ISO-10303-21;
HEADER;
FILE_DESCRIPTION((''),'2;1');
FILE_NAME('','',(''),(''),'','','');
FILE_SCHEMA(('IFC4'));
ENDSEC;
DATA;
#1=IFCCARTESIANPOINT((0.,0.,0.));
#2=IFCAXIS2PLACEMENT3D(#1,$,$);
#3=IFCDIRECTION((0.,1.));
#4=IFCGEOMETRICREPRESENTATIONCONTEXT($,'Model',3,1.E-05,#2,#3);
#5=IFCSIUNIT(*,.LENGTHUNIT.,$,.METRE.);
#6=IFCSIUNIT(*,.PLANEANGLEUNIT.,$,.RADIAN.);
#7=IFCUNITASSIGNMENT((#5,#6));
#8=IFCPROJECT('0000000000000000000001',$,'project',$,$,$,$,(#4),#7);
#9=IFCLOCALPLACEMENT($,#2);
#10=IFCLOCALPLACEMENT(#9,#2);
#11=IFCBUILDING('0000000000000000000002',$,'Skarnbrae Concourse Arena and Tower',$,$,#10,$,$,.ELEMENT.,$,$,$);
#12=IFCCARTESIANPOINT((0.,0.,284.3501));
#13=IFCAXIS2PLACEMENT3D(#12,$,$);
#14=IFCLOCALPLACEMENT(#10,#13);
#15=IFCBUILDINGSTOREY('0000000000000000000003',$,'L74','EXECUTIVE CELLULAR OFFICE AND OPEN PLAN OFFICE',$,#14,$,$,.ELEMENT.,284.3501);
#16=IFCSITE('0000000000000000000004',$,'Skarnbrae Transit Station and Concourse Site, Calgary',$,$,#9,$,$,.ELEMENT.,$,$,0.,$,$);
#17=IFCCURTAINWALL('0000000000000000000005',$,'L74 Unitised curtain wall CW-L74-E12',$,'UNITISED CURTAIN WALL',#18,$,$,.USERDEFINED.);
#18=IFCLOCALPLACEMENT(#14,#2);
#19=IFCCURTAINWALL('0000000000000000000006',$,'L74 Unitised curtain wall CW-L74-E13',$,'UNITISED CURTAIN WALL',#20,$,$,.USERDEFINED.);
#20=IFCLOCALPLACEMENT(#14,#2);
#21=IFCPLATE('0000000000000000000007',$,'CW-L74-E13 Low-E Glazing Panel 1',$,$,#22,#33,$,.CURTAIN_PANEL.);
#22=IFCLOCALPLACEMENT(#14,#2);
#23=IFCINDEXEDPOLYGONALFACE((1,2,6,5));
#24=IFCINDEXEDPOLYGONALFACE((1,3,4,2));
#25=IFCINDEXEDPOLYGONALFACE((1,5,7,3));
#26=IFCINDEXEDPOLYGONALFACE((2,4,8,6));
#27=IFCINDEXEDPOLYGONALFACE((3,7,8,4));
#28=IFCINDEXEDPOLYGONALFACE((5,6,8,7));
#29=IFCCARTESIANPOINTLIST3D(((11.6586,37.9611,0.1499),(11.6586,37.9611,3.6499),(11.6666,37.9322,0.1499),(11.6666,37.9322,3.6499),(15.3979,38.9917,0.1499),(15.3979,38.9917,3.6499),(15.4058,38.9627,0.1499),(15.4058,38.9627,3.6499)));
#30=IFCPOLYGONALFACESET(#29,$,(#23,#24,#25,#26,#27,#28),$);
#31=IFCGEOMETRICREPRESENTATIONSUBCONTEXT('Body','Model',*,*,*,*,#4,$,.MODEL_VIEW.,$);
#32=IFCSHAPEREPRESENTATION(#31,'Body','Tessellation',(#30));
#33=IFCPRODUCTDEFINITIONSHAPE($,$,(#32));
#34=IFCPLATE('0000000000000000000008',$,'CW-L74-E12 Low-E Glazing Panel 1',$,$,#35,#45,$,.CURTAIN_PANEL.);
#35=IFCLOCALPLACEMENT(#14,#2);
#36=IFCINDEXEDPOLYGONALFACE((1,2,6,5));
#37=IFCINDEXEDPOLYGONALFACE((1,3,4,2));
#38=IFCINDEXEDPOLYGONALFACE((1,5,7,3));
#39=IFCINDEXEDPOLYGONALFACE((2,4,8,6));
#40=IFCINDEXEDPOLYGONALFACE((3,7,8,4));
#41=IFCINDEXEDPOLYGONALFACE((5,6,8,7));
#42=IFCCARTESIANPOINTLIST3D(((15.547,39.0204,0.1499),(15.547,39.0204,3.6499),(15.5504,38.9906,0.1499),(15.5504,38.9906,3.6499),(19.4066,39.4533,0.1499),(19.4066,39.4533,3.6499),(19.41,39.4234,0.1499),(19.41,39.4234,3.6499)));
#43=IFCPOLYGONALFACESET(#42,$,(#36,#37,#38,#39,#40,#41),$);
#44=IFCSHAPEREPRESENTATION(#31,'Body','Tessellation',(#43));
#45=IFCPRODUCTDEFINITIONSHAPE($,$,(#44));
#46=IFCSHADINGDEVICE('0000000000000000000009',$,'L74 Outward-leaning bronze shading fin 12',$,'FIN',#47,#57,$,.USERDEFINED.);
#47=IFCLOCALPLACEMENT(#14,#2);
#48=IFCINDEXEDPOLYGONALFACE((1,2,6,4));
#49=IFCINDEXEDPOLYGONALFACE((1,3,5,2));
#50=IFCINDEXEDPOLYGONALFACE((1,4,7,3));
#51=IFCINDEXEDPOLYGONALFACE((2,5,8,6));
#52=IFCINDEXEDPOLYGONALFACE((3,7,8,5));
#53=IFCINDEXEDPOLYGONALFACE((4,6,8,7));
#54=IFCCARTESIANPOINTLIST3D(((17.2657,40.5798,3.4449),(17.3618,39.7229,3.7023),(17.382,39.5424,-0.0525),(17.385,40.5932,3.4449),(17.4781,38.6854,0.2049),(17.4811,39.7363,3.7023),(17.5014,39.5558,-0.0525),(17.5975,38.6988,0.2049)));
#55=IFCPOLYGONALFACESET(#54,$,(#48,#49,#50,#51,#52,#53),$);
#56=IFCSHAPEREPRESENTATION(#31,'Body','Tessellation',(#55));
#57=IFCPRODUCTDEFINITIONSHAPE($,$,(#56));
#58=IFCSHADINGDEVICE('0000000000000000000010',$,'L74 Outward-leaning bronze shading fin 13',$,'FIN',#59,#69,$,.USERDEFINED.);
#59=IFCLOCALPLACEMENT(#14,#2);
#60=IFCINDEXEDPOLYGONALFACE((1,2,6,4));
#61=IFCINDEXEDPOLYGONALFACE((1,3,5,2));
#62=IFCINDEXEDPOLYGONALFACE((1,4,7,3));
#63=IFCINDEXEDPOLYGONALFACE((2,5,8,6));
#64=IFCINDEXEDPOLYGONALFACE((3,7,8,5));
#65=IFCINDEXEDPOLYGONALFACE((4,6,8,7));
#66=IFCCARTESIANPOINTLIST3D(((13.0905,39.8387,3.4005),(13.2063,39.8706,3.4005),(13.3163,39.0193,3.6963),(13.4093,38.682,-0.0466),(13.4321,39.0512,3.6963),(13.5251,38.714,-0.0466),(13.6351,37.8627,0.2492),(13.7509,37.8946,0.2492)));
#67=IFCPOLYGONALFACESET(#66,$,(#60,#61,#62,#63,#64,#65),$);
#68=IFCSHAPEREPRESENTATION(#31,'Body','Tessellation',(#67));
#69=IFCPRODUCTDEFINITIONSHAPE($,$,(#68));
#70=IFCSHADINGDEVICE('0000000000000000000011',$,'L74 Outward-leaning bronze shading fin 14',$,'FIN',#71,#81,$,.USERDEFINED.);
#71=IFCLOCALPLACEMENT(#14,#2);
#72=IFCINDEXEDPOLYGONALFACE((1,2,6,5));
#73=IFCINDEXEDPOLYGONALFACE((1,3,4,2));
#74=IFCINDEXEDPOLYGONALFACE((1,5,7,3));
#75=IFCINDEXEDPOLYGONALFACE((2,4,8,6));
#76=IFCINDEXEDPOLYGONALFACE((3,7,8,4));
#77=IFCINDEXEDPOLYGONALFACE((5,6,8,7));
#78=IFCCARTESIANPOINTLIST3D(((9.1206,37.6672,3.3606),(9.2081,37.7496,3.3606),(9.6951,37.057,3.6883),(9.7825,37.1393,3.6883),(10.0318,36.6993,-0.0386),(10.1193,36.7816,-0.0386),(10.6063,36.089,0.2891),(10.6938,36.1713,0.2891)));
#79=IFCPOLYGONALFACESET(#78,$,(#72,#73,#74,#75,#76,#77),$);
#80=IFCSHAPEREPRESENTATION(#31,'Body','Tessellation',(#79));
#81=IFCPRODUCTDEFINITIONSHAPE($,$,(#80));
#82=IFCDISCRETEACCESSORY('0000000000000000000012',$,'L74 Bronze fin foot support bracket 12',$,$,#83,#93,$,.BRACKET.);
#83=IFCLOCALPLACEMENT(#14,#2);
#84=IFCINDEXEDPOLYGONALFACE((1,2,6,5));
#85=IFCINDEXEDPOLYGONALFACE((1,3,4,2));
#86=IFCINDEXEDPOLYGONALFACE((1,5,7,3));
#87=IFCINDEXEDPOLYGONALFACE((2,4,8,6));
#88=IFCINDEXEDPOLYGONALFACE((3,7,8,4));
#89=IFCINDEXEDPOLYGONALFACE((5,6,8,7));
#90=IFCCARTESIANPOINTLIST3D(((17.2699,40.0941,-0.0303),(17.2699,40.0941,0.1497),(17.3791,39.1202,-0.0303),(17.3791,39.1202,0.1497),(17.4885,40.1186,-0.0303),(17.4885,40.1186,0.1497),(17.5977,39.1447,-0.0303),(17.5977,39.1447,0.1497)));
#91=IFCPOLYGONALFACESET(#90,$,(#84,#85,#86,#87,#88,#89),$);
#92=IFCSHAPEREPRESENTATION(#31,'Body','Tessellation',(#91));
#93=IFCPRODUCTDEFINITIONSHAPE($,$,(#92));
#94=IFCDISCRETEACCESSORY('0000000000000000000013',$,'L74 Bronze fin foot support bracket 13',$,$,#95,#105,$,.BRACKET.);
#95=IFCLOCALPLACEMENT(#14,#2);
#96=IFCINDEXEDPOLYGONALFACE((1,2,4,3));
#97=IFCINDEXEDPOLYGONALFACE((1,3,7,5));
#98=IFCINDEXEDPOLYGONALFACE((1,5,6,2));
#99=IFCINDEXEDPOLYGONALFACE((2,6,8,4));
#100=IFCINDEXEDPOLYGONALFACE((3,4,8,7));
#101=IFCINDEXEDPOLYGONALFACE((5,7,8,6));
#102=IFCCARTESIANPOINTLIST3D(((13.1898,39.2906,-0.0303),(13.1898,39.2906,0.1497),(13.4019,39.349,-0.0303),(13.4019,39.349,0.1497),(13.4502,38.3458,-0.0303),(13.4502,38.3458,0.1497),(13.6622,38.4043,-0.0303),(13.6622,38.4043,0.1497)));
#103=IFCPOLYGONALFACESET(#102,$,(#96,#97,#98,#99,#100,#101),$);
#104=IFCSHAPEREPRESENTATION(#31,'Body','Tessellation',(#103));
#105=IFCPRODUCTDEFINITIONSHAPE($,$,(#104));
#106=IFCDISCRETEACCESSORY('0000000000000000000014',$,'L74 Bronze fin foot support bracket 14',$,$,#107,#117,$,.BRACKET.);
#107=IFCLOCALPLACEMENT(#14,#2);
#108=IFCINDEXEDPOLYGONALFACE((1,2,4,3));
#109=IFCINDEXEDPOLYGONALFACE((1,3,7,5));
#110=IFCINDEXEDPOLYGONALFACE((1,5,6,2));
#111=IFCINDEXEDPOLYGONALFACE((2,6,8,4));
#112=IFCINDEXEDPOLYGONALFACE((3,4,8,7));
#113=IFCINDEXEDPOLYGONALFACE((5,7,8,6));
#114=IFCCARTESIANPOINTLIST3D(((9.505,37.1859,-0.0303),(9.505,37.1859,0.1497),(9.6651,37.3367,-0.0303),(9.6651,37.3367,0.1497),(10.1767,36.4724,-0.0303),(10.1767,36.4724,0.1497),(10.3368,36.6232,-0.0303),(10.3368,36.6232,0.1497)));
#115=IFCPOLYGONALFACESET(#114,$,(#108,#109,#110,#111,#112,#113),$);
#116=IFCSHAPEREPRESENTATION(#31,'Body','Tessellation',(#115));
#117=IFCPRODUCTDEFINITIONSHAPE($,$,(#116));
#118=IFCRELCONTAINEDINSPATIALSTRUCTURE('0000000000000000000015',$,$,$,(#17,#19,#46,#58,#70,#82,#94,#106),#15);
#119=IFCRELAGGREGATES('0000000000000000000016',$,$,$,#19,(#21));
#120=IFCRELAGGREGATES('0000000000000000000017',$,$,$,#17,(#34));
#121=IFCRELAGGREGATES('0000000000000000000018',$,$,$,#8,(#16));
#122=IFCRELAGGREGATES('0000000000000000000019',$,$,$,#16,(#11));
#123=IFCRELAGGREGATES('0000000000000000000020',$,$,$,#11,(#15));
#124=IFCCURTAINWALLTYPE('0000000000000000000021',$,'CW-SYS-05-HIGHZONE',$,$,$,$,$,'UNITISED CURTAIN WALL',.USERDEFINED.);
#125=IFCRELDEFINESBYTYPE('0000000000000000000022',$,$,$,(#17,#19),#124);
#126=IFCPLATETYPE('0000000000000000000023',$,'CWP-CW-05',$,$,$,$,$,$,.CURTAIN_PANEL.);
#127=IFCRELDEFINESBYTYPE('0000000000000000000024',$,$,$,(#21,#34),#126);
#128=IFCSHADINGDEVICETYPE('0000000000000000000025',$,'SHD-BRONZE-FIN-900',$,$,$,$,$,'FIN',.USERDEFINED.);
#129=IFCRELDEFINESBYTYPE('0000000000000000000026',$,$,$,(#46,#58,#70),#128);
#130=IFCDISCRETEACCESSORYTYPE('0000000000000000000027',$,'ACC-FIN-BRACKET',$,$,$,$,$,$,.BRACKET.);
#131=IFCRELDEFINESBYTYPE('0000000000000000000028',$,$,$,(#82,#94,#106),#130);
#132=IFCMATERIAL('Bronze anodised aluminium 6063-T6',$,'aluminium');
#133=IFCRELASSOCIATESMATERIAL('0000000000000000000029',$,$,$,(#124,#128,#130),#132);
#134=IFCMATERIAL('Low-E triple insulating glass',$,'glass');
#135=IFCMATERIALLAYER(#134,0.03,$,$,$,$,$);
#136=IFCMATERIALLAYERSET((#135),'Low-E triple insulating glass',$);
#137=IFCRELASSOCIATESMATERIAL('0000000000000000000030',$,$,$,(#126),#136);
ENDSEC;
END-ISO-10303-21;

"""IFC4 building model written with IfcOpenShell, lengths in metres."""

from ifc_helpers import new_model, si_unit, direction, frame, origin, origin_2d, place, context, subcontext, project, spatial, rectangle, extrude, source, transform, mapped, material, layer, layer_set, type_object, element, aggregate, save


model = new_model("IFC4")

# Units and contexts
model_context = context("Model", 3, precision=1e-05, world=origin(), true_north=direction((0.0, 1.0)))
body_context = subcontext(model_context, "Body", "Model", "MODEL_VIEW")
ifc_project = project(units=[si_unit("LENGTHUNIT", "METRE"), si_unit("PLANEANGLEUNIT", "RADIAN")], contexts=[model_context])

# Site, building, storey
site_placement = place(None, origin())
site = spatial("IfcSite", under=ifc_project, at=site_placement, Name="Skarnbrae Transit Station and Concourse Site, Calgary", CompositionType="ELEMENT", RefElevation=0.0)
building_placement = place(site_placement, origin())
building = spatial("IfcBuilding", under=site, at=building_placement, Name="Skarnbrae Concourse Arena and Tower", CompositionType="ELEMENT")
storey_placement = place(building_placement, frame((0.0, 0.0, 284.3501)))
storey = spatial("IfcBuildingStorey", under=building, at=storey_placement, Name="L74", Description="EXECUTIVE CELLULAR OFFICE AND OPEN PLAN OFFICE", CompositionType="ELEMENT", Elevation=284.3501)

# Shared definitions
ifc_material_1 = material(Name="Bronze anodised aluminium 6063-T6", Category="aluminium")
curtain_wall_type = type_object("IfcCurtainWallType", Name="CW-SYS-05-HIGHZONE", ElementType="UNITISED CURTAIN WALL", PredefinedType="USERDEFINED", material=ifc_material_1)

# Curtain walls
curtain_wall_1_placement = place(storey_placement, origin())
curtain_wall_1 = element("IfcCurtainWall", 1, at=curtain_wall_1_placement, inside=storey, type_object=curtain_wall_type, Name="L74 Unitised curtain wall CW-L74-E12", ObjectType="UNITISED CURTAIN WALL", PredefinedType="USERDEFINED")
curtain_wall_2_placement = place(storey_placement, origin())
curtain_wall_2 = element("IfcCurtainWall", 2, at=curtain_wall_2_placement, inside=storey, type_object=curtain_wall_type, Name="L74 Unitised curtain wall CW-L74-E13", ObjectType="UNITISED CURTAIN WALL", PredefinedType="USERDEFINED")

# Plates
ifc_material_2 = material(Name="Low-E triple insulating glass", Category="glass")
ifc_layer = layer(ifc_material_2, 0.03)
ifc_layer_set = layer_set([ifc_layer], Name="Low-E triple insulating glass")
plate_type = type_object("IfcPlateType", Name="CWP-CW-05", PredefinedType="CURTAIN_PANEL", material=ifc_layer_set)
shared_shape_1 = source(origin(), body_context, "Body", "SweptSolid", [
    extrude(rectangle(XDim=3.8787, YDim=0.03, at=origin_2d()), origin(), (0.0, 0.0, 1.0), 3.5),
])
plate_1_placement = place(storey_placement, frame((13.5322, 38.4619, 0.1499), z_axis=(0.0, 0.0, 1.0), x_axis=(-0.964057, -0.265694, 0.0)))
plate_1 = element("IfcPlate", 3, at=plate_1_placement, type_object=plate_type, Name="CW-L74-E13 Low-E Glazing Panel 1", PredefinedType="CURTAIN_PANEL", context=body_context, shape_type="MappedRepresentation", body=[
    mapped(shared_shape_1, transform((0.0, 0.0, 0.0))),
])
aggregate(curtain_wall_2, [plate_1])
shared_shape_2 = source(origin(), body_context, "Body", "SweptSolid", [
    extrude(rectangle(XDim=3.8838, YDim=0.03, at=origin_2d()), origin(), (0.0, 0.0, 1.0), 3.5),
])
plate_2_placement = place(storey_placement, frame((17.4785, 39.2219, 0.1499), z_axis=(0.0, 0.0, 1.0), x_axis=(-0.993769, -0.11146, 0.0)))
plate_2 = element("IfcPlate", 4, at=plate_2_placement, type_object=plate_type, Name="CW-L74-E12 Low-E Glazing Panel 1", PredefinedType="CURTAIN_PANEL", context=body_context, shape_type="MappedRepresentation", body=[
    mapped(shared_shape_2, transform((0.0, 0.0, 0.0))),
])
aggregate(curtain_wall_1, [plate_2])

# Shading devices
shading_device_type = type_object("IfcShadingDeviceType", Name="SHD-BRONZE-FIN-900", ElementType="FIN", PredefinedType="USERDEFINED", material=ifc_material_1)
shared_shape_3 = source(origin(), body_context, "Body", "SweptSolid", [
    extrude(rectangle(XDim=0.1201, YDim=0.8999, at=origin_2d()), origin(), (0.0, 0.0, 1.0), 3.6499),
])
for number, where, z_axis, x_axis, name in (
    (5, (17.4897, 39.1206, 0.0762), (-0.031878, 0.284241, 0.958223), (0.99377, 0.111452, 0.0), "L74 Outward-leaning bronze shading fin 12"),
    (6, (13.5801, 38.2883, 0.1013), (-0.087333, 0.316888, 0.944434), (0.964058, 0.265691, 0.0), "L74 Outward-leaning bronze shading fin 13"),
    (7, (10.3628, 36.4353, 0.1252), (-0.249655, 0.265205, 0.93131), (0.728132, 0.685437, 0.0), "L74 Outward-leaning bronze shading fin 14"),
):
    element("IfcShadingDevice", number, at=place(storey_placement, frame(where, z_axis=z_axis, x_axis=x_axis)), inside=storey, type_object=shading_device_type, Name=name, ObjectType="FIN", PredefinedType="USERDEFINED", context=body_context, shape_type="MappedRepresentation", body=[
        mapped(shared_shape_3, transform((0.0, 0.0, 0.0))),
    ])

# Discrete accessories
discrete_accessory_type = type_object("IfcDiscreteAccessoryType", Name="ACC-FIN-BRACKET", PredefinedType="BRACKET", material=ifc_material_1)
shared_shape_4 = source(origin(), body_context, "Body", "SweptSolid", [
    extrude(rectangle(XDim=0.22, YDim=0.98, at=origin_2d()), origin(), (0.0, 0.0, 1.0), 0.1799),
])
for number, where, z_axis, x_axis, name in (
    (8, (17.4338, 39.6194, -0.0303), (0.0, 0.0, 1.0), (0.99377, 0.111452, 0.0), "L74 Bronze fin foot support bracket 12"),
    (9, (13.426, 38.8474, -0.0303), (0.0, 0.0, 1.0), (0.964058, 0.265691, 0.0), "L74 Bronze fin foot support bracket 13"),
    (10, (9.9209, 36.9045, -0.0303), (0.0, 0.0, 1.0), (0.728132, 0.685437, 0.0), "L74 Bronze fin foot support bracket 14"),
):
    element("IfcDiscreteAccessory", number, at=place(storey_placement, frame(where, z_axis=z_axis, x_axis=x_axis)), inside=storey, type_object=discrete_accessory_type, Name=name, PredefinedType="BRACKET", context=body_context, shape_type="MappedRepresentation", body=[
        mapped(shared_shape_4, transform((0.0, 0.0, 0.0))),
    ])

save(model, "model.ifc")
